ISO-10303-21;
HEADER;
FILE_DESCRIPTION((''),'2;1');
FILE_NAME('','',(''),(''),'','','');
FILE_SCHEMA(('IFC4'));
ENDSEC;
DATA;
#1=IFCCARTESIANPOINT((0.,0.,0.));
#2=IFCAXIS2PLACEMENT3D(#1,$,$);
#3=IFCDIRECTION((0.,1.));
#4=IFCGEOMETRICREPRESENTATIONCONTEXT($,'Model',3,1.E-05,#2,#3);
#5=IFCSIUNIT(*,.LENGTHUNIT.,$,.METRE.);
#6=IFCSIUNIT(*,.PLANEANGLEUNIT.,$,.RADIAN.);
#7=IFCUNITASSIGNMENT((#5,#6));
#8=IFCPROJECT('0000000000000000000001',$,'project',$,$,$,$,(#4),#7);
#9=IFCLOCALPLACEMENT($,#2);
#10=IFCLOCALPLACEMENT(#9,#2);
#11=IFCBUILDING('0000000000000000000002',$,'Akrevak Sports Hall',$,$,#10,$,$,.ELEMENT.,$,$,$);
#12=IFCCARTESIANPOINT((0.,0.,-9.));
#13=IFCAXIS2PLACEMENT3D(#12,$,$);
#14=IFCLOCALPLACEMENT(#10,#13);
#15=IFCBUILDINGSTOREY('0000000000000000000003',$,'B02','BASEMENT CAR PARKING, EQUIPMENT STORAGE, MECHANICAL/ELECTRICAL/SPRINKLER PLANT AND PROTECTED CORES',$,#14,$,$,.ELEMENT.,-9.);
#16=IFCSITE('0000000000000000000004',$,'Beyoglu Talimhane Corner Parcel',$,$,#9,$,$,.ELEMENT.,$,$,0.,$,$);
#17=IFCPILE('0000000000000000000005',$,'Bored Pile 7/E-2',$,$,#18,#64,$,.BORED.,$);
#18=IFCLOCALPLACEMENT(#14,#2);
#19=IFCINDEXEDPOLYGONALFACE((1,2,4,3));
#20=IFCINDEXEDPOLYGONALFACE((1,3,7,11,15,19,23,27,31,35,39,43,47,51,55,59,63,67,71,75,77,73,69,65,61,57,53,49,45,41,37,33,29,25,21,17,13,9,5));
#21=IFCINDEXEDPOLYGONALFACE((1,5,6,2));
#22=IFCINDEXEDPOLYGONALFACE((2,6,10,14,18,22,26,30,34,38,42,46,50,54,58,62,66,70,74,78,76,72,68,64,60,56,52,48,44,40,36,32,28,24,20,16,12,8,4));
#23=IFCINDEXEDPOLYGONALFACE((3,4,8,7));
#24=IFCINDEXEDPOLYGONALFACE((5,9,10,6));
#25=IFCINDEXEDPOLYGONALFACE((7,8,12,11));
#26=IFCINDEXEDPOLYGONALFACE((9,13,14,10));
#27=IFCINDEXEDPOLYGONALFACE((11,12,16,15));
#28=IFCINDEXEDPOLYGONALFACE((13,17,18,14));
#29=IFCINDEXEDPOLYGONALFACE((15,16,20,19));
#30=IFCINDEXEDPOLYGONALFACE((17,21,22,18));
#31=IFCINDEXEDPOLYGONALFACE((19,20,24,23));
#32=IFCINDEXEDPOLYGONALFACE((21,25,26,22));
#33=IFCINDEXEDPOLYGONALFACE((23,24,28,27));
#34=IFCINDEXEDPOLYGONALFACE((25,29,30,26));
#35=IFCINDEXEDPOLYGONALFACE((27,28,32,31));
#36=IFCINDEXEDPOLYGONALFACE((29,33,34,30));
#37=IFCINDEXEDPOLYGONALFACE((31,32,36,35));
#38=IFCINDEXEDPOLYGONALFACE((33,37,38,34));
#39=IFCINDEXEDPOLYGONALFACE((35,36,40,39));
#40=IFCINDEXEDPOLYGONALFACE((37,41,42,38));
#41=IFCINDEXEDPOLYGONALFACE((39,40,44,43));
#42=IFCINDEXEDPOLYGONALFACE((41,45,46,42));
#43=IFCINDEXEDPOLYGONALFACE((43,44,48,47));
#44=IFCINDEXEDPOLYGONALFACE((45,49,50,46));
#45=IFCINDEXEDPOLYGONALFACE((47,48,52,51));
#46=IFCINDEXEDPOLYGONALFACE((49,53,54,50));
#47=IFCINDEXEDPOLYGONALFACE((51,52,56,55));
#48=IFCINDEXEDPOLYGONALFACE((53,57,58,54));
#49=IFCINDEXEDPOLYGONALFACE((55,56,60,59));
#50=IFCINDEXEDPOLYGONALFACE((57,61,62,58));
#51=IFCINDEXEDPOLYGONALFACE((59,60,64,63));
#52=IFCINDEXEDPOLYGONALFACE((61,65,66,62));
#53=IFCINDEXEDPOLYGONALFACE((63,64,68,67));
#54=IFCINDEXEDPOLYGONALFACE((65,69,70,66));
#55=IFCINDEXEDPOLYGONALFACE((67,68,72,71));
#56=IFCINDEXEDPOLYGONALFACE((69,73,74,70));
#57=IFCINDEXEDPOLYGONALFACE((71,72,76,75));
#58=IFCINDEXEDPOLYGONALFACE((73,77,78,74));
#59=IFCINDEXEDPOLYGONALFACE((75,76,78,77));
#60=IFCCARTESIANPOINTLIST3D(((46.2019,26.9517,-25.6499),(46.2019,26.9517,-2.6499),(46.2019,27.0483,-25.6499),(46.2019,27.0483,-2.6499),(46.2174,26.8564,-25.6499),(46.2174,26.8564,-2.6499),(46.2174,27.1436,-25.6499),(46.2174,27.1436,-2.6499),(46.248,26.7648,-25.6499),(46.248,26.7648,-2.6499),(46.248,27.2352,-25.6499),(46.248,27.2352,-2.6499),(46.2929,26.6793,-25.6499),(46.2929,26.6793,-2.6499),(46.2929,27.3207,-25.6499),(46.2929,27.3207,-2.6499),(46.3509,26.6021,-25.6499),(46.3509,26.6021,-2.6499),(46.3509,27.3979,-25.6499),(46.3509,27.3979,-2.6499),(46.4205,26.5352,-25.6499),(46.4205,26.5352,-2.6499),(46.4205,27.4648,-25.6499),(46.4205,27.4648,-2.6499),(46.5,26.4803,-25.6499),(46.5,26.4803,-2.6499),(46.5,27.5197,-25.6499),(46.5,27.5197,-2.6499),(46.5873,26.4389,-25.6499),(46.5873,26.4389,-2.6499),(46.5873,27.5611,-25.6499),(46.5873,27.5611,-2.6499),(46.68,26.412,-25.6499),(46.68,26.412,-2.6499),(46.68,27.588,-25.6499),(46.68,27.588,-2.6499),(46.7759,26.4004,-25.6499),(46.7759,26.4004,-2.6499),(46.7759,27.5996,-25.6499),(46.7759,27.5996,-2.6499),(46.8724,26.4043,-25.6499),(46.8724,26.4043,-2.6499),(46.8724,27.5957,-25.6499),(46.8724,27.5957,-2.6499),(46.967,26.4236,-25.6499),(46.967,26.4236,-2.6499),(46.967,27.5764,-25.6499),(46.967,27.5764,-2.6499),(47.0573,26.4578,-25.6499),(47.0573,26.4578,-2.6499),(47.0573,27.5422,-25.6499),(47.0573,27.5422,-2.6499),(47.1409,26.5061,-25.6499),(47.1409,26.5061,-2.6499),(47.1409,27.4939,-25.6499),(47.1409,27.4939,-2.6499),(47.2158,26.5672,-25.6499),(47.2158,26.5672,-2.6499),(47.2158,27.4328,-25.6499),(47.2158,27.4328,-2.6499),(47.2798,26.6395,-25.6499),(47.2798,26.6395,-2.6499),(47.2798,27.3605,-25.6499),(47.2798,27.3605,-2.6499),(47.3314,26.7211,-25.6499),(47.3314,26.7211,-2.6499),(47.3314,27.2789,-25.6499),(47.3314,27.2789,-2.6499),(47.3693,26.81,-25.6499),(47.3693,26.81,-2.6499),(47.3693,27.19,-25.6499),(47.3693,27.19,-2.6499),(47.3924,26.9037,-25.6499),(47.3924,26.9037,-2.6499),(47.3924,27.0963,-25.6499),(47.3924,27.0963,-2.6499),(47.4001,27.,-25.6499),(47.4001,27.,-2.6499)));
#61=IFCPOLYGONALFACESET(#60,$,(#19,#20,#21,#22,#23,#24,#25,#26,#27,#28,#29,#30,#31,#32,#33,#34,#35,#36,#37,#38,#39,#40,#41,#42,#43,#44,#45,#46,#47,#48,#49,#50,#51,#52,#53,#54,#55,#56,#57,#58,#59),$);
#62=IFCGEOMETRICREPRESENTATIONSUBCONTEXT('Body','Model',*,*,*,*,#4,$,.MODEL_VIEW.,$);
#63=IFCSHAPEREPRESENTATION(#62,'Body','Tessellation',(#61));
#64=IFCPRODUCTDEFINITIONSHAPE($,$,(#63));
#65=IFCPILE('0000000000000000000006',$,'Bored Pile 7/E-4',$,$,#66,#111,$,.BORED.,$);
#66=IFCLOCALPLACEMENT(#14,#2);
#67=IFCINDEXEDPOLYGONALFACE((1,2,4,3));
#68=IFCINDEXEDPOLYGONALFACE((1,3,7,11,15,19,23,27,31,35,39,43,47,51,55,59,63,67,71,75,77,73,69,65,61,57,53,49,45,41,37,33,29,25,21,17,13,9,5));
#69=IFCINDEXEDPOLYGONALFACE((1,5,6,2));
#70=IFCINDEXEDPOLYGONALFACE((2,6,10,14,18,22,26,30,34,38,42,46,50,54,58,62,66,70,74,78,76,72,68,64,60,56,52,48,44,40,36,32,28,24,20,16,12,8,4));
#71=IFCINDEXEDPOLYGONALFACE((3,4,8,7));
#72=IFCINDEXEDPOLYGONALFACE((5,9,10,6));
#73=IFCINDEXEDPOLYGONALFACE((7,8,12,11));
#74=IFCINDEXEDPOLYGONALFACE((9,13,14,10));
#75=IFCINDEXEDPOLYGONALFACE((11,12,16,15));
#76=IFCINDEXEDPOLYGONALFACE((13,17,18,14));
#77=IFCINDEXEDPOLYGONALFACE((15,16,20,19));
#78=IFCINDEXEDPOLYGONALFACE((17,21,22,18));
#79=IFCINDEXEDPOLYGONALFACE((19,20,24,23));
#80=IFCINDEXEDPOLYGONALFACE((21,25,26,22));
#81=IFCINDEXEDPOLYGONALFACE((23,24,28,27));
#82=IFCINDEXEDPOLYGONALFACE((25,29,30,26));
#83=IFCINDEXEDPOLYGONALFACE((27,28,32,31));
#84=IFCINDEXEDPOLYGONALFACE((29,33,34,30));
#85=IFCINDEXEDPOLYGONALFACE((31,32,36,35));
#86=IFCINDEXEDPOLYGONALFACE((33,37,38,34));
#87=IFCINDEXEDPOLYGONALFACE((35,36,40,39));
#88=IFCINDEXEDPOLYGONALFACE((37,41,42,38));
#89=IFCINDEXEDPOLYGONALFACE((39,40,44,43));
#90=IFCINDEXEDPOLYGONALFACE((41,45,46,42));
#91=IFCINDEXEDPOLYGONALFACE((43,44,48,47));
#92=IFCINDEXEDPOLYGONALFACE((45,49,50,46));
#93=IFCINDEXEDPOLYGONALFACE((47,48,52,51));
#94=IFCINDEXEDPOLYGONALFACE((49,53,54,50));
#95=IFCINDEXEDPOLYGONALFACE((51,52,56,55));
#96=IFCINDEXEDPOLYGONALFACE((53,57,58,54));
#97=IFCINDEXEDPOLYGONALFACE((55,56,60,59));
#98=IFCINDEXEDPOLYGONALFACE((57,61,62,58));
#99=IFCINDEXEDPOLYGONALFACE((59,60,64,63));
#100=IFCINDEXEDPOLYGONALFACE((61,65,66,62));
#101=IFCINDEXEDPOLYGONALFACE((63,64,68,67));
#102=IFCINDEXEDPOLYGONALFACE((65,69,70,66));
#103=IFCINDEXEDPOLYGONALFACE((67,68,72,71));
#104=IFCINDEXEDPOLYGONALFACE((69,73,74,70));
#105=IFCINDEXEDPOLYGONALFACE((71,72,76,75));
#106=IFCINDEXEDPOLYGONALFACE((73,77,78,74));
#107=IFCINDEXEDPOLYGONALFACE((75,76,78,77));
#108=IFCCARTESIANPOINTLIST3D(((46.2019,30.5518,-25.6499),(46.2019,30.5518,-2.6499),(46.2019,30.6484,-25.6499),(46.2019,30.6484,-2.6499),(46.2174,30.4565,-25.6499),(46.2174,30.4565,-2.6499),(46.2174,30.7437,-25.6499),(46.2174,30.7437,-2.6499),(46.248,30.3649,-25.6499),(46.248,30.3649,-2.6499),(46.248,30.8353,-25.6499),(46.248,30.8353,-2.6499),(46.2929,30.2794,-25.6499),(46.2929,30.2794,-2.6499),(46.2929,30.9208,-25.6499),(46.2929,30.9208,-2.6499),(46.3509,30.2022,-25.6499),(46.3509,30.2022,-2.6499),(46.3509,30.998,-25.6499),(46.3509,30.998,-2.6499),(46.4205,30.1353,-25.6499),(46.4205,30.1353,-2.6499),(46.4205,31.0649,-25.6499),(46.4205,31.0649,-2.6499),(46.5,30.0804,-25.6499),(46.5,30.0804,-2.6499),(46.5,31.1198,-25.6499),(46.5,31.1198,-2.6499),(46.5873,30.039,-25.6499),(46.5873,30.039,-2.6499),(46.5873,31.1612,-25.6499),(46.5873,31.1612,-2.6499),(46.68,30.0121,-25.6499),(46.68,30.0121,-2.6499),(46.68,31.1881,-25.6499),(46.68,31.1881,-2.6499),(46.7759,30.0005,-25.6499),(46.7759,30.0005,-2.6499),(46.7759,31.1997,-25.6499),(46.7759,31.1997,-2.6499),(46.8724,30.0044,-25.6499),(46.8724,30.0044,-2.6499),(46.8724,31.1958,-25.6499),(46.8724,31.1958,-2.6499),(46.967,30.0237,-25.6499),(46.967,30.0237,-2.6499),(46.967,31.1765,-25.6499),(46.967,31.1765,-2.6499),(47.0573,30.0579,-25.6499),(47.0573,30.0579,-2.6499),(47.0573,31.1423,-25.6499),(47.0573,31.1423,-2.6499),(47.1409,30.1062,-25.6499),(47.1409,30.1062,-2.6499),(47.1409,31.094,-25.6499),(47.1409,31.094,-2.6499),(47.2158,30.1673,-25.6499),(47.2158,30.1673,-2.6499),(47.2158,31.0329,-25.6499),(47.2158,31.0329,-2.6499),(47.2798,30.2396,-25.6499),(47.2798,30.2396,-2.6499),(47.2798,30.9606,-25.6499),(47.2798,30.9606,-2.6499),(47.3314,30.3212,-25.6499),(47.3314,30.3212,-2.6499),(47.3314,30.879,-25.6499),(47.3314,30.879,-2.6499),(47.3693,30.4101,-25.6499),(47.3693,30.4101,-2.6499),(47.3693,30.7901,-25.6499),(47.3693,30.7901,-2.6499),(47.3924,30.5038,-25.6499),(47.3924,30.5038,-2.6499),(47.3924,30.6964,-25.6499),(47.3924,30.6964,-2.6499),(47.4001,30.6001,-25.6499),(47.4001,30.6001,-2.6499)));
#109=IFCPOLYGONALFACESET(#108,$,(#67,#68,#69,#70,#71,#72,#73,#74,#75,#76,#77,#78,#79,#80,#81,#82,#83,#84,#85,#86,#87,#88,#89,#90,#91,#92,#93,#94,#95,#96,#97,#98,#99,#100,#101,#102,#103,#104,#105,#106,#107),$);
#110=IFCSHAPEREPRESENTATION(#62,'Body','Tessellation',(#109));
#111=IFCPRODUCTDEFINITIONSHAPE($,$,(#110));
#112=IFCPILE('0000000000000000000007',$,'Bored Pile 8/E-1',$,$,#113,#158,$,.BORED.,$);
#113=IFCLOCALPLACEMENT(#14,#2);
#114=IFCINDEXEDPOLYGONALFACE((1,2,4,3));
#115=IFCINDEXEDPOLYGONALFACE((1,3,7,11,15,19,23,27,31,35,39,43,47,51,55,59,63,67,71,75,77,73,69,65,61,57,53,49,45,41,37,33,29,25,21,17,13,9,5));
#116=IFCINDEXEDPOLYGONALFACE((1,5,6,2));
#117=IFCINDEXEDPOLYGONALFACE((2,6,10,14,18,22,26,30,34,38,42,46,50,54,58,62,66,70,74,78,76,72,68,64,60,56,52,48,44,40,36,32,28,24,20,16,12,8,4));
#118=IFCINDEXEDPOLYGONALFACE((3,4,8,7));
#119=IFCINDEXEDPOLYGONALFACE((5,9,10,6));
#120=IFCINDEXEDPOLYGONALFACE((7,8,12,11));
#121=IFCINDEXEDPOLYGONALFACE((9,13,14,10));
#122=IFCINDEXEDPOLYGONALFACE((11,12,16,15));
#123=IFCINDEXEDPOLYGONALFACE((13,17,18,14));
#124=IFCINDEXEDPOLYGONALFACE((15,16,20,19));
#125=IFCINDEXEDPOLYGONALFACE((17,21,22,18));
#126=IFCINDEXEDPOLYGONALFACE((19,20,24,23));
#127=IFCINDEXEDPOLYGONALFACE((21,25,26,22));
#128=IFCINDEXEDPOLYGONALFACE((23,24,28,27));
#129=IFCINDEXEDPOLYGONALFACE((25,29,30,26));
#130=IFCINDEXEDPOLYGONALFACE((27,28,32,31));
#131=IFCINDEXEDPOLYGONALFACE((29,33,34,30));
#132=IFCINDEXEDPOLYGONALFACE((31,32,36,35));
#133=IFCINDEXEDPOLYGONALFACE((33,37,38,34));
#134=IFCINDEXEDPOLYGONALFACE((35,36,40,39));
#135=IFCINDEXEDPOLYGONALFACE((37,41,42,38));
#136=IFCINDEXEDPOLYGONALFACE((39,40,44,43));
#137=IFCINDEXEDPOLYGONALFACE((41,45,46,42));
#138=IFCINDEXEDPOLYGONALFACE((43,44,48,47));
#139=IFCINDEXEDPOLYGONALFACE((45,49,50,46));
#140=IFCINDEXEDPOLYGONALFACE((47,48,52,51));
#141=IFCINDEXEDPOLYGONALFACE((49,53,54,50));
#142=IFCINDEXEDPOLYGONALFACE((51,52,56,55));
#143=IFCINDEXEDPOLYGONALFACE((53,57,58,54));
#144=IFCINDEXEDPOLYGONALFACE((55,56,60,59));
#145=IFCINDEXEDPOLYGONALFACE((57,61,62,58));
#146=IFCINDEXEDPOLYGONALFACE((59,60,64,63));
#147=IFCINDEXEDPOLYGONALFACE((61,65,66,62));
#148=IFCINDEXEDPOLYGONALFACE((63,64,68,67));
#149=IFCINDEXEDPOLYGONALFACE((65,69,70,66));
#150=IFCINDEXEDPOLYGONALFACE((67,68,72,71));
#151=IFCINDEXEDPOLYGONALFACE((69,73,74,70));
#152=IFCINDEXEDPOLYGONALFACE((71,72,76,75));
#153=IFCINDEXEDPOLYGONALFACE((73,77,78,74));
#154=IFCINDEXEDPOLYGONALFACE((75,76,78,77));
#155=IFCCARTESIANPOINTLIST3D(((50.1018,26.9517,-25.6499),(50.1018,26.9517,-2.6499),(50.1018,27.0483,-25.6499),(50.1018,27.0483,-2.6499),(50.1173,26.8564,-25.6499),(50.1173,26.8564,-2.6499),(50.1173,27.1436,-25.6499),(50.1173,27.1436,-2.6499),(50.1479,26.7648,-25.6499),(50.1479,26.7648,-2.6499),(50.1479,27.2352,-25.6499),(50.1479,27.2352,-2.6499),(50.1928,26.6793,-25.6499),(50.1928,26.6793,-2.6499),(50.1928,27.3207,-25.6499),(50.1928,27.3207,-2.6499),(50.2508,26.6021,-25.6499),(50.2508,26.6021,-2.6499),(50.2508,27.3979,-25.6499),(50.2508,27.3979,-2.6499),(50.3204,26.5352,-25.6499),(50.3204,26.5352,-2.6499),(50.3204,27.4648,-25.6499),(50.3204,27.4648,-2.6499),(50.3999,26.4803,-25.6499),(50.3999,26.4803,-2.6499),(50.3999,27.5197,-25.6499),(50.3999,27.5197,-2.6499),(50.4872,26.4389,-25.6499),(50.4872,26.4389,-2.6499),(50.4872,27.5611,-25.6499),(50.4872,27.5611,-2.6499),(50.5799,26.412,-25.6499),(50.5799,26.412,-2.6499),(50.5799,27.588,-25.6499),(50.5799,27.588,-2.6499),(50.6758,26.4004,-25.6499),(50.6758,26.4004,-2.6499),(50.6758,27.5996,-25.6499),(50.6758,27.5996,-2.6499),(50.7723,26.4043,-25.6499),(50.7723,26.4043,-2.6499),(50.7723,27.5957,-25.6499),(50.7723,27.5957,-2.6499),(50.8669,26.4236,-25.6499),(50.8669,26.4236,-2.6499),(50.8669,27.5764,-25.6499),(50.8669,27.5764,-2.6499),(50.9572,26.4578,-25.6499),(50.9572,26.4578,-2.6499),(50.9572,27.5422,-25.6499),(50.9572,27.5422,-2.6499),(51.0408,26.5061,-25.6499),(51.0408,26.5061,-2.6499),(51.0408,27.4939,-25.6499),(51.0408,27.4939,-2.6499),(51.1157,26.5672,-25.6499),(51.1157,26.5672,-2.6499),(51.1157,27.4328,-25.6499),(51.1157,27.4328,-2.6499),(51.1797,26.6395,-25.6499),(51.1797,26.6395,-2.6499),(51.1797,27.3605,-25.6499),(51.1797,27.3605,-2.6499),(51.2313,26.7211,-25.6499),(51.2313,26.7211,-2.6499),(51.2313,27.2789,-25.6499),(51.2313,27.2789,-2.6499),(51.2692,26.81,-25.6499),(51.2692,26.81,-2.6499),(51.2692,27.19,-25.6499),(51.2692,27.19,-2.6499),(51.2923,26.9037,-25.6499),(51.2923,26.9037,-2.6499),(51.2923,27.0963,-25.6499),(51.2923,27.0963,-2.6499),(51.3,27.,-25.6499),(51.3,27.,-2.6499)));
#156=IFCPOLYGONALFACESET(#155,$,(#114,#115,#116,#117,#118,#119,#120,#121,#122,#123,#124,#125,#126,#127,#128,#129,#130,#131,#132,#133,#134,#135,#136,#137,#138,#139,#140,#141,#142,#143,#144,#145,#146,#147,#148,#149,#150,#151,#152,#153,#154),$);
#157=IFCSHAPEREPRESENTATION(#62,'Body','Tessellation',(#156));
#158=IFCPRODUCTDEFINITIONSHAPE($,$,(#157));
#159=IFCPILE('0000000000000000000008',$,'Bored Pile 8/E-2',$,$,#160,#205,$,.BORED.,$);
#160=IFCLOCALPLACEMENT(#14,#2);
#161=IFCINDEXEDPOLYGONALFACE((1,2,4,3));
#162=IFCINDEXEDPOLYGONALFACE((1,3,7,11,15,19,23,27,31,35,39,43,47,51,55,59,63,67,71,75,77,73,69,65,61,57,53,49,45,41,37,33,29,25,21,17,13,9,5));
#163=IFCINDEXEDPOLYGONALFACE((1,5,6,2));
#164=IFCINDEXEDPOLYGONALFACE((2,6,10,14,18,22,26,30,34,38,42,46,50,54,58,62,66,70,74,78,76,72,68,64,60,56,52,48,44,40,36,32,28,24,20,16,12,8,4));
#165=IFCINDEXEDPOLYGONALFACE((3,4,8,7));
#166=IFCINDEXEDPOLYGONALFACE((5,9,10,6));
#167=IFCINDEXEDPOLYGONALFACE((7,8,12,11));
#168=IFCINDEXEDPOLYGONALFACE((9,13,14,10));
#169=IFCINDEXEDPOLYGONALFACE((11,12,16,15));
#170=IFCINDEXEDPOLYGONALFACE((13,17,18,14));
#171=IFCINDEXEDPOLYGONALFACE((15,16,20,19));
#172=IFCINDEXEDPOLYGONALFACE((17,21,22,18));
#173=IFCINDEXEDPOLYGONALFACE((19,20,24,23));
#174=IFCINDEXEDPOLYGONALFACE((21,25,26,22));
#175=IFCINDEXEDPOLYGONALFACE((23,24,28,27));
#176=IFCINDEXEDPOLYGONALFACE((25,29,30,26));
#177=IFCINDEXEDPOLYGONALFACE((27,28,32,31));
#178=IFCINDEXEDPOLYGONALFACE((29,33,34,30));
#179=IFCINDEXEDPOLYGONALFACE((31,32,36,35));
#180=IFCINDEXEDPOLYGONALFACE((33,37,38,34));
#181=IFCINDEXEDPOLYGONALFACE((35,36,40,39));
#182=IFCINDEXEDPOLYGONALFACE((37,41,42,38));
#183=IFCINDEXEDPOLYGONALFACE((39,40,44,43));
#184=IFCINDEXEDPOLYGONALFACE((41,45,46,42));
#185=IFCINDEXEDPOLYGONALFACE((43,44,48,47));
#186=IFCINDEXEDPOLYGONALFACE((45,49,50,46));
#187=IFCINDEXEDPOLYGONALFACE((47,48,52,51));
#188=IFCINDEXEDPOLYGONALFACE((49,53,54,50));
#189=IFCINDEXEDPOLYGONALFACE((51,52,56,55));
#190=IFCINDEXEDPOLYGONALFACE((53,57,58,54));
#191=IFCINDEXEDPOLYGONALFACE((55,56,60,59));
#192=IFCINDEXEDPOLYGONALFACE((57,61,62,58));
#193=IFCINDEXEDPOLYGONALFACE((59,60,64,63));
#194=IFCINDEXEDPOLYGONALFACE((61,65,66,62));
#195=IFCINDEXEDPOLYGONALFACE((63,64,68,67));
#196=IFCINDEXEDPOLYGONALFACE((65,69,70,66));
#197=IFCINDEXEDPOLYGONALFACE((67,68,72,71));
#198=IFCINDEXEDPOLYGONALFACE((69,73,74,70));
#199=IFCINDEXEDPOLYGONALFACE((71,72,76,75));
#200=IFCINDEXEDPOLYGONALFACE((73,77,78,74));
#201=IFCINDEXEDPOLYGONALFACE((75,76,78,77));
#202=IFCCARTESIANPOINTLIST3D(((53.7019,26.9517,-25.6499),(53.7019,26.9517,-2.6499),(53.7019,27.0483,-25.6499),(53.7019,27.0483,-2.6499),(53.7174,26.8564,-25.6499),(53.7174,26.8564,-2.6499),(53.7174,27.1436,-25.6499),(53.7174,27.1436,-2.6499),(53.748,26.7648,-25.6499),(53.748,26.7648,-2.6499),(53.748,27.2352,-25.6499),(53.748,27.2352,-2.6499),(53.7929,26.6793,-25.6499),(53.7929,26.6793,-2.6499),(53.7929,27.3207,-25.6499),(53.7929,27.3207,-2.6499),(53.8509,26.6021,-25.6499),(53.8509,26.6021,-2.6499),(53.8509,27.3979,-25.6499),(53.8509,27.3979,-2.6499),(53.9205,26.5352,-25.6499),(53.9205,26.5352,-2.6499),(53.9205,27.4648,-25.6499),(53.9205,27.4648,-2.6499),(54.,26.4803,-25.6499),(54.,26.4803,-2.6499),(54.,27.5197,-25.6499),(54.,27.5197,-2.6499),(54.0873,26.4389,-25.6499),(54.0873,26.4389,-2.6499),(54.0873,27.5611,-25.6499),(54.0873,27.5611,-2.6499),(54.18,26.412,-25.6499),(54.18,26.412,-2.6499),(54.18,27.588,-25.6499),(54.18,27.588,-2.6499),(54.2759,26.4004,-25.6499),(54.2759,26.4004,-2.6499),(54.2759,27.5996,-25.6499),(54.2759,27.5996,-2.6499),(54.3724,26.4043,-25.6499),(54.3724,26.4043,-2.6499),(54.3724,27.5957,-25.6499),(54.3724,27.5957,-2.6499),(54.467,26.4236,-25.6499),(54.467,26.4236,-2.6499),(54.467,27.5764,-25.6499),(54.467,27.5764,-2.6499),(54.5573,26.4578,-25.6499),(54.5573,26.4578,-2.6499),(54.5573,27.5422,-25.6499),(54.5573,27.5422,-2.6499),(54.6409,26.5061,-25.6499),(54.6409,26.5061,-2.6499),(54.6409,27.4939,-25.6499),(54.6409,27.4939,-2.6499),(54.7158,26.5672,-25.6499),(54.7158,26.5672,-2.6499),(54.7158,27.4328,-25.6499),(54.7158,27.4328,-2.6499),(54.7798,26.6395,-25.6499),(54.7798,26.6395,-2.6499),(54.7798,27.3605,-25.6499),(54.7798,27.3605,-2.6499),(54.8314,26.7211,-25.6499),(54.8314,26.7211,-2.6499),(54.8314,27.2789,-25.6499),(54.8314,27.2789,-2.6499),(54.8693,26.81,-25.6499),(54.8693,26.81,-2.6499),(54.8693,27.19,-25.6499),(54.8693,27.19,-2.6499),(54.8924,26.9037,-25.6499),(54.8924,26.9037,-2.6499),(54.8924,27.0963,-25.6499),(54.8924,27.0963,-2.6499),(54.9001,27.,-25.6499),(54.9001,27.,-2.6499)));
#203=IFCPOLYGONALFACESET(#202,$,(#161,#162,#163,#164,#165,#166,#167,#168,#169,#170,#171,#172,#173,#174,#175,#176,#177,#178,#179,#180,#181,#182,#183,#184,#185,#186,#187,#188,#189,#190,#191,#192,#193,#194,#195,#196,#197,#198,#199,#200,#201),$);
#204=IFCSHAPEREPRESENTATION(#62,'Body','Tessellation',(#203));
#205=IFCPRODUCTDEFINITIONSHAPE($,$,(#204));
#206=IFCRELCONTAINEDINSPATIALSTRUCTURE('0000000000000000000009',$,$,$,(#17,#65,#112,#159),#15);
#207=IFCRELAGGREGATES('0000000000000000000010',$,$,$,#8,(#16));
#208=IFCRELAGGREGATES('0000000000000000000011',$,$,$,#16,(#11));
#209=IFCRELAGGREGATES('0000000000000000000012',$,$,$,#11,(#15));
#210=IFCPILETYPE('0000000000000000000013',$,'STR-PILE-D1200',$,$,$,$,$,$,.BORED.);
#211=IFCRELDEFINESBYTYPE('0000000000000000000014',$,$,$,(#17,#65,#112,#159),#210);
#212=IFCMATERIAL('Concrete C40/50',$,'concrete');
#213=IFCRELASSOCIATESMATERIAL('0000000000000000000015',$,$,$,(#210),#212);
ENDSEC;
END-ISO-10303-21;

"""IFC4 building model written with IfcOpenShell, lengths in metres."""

from ifc_helpers import new_model, si_unit, direction, frame, origin, origin_2d, place, context, subcontext, project, spatial, circle, extrude, material, material_profile, profile_set, type_object, element, save


model = new_model("IFC4")

# Units and contexts
model_context = context("Model", 3, precision=1e-05, world=origin(), true_north=direction((0.0, 1.0)))
body_context = subcontext(model_context, "Body", "Model", "MODEL_VIEW")
ifc_project = project(units=[si_unit("LENGTHUNIT", "METRE"), si_unit("PLANEANGLEUNIT", "RADIAN")], contexts=[model_context])

# Site, building, storey
site_placement = place(None, origin())
site = spatial("IfcSite", under=ifc_project, at=site_placement, Name="Beyoglu Talimhane Corner Parcel", CompositionType="ELEMENT", RefElevation=0.0)
building_placement = place(site_placement, origin())
building = spatial("IfcBuilding", under=site, at=building_placement, Name="Akrevak Sports Hall", CompositionType="ELEMENT")
storey_placement = place(building_placement, frame((0.0, 0.0, -9.0)))
storey = spatial("IfcBuildingStorey", under=building, at=storey_placement, Name="B02", Description="BASEMENT CAR PARKING, EQUIPMENT STORAGE, MECHANICAL/ELECTRICAL/SPRINKLER PLANT AND PROTECTED CORES", CompositionType="ELEMENT", Elevation=-9.0)

# Shared definitions
ifc_material_1 = material(Name="Concrete C40/50", Category="concrete")

# Piles
ifc_material_profile_1 = material_profile(ifc_material_1, circle(Radius=0.6001, at=origin_2d()), Name="BORED PILE D1200", Category="concrete")
ifc_profile_set_1 = profile_set([ifc_material_profile_1], Name="Concrete C40/50")
pile_type_1 = type_object("IfcPileType", Name="STR-PILE-D1200", PredefinedType="BORED", material=ifc_profile_set_1)
for number, where, z_axis, x_axis, name in (
    (1, (46.8, 27.0, -2.6499), (0.0, 0.0, -1.0), (1.0, 0.0, 0.0), "Bored Pile 7/E-2"),
    (2, (46.8, 30.6001, -2.6499), (0.0, 0.0, -1.0), (1.0, 0.0, 0.0), "Bored Pile 7/E-4"),
    (3, (50.7, 27.0, -2.6499), (0.0, 0.0, -1.0), (1.0, 0.0, 0.0), "Bored Pile 8/E-1"),
    (4, (54.3, 27.0, -2.6499), (0.0, 0.0, -1.0), (1.0, 0.0, 0.0), "Bored Pile 8/E-2"),
):
    element("IfcPile", number, at=place(storey_placement, frame(where, z_axis=z_axis, x_axis=x_axis)), inside=storey, type_object=pile_type_1, Name=name, PredefinedType="BORED", context=body_context, shape_type="SweptSolid", body=[
        extrude(circle(Radius=0.6001, at=origin_2d()), origin(), (0.0, 0.0, 1.0), 23.0),
    ])

save(model, "model.ifc")
